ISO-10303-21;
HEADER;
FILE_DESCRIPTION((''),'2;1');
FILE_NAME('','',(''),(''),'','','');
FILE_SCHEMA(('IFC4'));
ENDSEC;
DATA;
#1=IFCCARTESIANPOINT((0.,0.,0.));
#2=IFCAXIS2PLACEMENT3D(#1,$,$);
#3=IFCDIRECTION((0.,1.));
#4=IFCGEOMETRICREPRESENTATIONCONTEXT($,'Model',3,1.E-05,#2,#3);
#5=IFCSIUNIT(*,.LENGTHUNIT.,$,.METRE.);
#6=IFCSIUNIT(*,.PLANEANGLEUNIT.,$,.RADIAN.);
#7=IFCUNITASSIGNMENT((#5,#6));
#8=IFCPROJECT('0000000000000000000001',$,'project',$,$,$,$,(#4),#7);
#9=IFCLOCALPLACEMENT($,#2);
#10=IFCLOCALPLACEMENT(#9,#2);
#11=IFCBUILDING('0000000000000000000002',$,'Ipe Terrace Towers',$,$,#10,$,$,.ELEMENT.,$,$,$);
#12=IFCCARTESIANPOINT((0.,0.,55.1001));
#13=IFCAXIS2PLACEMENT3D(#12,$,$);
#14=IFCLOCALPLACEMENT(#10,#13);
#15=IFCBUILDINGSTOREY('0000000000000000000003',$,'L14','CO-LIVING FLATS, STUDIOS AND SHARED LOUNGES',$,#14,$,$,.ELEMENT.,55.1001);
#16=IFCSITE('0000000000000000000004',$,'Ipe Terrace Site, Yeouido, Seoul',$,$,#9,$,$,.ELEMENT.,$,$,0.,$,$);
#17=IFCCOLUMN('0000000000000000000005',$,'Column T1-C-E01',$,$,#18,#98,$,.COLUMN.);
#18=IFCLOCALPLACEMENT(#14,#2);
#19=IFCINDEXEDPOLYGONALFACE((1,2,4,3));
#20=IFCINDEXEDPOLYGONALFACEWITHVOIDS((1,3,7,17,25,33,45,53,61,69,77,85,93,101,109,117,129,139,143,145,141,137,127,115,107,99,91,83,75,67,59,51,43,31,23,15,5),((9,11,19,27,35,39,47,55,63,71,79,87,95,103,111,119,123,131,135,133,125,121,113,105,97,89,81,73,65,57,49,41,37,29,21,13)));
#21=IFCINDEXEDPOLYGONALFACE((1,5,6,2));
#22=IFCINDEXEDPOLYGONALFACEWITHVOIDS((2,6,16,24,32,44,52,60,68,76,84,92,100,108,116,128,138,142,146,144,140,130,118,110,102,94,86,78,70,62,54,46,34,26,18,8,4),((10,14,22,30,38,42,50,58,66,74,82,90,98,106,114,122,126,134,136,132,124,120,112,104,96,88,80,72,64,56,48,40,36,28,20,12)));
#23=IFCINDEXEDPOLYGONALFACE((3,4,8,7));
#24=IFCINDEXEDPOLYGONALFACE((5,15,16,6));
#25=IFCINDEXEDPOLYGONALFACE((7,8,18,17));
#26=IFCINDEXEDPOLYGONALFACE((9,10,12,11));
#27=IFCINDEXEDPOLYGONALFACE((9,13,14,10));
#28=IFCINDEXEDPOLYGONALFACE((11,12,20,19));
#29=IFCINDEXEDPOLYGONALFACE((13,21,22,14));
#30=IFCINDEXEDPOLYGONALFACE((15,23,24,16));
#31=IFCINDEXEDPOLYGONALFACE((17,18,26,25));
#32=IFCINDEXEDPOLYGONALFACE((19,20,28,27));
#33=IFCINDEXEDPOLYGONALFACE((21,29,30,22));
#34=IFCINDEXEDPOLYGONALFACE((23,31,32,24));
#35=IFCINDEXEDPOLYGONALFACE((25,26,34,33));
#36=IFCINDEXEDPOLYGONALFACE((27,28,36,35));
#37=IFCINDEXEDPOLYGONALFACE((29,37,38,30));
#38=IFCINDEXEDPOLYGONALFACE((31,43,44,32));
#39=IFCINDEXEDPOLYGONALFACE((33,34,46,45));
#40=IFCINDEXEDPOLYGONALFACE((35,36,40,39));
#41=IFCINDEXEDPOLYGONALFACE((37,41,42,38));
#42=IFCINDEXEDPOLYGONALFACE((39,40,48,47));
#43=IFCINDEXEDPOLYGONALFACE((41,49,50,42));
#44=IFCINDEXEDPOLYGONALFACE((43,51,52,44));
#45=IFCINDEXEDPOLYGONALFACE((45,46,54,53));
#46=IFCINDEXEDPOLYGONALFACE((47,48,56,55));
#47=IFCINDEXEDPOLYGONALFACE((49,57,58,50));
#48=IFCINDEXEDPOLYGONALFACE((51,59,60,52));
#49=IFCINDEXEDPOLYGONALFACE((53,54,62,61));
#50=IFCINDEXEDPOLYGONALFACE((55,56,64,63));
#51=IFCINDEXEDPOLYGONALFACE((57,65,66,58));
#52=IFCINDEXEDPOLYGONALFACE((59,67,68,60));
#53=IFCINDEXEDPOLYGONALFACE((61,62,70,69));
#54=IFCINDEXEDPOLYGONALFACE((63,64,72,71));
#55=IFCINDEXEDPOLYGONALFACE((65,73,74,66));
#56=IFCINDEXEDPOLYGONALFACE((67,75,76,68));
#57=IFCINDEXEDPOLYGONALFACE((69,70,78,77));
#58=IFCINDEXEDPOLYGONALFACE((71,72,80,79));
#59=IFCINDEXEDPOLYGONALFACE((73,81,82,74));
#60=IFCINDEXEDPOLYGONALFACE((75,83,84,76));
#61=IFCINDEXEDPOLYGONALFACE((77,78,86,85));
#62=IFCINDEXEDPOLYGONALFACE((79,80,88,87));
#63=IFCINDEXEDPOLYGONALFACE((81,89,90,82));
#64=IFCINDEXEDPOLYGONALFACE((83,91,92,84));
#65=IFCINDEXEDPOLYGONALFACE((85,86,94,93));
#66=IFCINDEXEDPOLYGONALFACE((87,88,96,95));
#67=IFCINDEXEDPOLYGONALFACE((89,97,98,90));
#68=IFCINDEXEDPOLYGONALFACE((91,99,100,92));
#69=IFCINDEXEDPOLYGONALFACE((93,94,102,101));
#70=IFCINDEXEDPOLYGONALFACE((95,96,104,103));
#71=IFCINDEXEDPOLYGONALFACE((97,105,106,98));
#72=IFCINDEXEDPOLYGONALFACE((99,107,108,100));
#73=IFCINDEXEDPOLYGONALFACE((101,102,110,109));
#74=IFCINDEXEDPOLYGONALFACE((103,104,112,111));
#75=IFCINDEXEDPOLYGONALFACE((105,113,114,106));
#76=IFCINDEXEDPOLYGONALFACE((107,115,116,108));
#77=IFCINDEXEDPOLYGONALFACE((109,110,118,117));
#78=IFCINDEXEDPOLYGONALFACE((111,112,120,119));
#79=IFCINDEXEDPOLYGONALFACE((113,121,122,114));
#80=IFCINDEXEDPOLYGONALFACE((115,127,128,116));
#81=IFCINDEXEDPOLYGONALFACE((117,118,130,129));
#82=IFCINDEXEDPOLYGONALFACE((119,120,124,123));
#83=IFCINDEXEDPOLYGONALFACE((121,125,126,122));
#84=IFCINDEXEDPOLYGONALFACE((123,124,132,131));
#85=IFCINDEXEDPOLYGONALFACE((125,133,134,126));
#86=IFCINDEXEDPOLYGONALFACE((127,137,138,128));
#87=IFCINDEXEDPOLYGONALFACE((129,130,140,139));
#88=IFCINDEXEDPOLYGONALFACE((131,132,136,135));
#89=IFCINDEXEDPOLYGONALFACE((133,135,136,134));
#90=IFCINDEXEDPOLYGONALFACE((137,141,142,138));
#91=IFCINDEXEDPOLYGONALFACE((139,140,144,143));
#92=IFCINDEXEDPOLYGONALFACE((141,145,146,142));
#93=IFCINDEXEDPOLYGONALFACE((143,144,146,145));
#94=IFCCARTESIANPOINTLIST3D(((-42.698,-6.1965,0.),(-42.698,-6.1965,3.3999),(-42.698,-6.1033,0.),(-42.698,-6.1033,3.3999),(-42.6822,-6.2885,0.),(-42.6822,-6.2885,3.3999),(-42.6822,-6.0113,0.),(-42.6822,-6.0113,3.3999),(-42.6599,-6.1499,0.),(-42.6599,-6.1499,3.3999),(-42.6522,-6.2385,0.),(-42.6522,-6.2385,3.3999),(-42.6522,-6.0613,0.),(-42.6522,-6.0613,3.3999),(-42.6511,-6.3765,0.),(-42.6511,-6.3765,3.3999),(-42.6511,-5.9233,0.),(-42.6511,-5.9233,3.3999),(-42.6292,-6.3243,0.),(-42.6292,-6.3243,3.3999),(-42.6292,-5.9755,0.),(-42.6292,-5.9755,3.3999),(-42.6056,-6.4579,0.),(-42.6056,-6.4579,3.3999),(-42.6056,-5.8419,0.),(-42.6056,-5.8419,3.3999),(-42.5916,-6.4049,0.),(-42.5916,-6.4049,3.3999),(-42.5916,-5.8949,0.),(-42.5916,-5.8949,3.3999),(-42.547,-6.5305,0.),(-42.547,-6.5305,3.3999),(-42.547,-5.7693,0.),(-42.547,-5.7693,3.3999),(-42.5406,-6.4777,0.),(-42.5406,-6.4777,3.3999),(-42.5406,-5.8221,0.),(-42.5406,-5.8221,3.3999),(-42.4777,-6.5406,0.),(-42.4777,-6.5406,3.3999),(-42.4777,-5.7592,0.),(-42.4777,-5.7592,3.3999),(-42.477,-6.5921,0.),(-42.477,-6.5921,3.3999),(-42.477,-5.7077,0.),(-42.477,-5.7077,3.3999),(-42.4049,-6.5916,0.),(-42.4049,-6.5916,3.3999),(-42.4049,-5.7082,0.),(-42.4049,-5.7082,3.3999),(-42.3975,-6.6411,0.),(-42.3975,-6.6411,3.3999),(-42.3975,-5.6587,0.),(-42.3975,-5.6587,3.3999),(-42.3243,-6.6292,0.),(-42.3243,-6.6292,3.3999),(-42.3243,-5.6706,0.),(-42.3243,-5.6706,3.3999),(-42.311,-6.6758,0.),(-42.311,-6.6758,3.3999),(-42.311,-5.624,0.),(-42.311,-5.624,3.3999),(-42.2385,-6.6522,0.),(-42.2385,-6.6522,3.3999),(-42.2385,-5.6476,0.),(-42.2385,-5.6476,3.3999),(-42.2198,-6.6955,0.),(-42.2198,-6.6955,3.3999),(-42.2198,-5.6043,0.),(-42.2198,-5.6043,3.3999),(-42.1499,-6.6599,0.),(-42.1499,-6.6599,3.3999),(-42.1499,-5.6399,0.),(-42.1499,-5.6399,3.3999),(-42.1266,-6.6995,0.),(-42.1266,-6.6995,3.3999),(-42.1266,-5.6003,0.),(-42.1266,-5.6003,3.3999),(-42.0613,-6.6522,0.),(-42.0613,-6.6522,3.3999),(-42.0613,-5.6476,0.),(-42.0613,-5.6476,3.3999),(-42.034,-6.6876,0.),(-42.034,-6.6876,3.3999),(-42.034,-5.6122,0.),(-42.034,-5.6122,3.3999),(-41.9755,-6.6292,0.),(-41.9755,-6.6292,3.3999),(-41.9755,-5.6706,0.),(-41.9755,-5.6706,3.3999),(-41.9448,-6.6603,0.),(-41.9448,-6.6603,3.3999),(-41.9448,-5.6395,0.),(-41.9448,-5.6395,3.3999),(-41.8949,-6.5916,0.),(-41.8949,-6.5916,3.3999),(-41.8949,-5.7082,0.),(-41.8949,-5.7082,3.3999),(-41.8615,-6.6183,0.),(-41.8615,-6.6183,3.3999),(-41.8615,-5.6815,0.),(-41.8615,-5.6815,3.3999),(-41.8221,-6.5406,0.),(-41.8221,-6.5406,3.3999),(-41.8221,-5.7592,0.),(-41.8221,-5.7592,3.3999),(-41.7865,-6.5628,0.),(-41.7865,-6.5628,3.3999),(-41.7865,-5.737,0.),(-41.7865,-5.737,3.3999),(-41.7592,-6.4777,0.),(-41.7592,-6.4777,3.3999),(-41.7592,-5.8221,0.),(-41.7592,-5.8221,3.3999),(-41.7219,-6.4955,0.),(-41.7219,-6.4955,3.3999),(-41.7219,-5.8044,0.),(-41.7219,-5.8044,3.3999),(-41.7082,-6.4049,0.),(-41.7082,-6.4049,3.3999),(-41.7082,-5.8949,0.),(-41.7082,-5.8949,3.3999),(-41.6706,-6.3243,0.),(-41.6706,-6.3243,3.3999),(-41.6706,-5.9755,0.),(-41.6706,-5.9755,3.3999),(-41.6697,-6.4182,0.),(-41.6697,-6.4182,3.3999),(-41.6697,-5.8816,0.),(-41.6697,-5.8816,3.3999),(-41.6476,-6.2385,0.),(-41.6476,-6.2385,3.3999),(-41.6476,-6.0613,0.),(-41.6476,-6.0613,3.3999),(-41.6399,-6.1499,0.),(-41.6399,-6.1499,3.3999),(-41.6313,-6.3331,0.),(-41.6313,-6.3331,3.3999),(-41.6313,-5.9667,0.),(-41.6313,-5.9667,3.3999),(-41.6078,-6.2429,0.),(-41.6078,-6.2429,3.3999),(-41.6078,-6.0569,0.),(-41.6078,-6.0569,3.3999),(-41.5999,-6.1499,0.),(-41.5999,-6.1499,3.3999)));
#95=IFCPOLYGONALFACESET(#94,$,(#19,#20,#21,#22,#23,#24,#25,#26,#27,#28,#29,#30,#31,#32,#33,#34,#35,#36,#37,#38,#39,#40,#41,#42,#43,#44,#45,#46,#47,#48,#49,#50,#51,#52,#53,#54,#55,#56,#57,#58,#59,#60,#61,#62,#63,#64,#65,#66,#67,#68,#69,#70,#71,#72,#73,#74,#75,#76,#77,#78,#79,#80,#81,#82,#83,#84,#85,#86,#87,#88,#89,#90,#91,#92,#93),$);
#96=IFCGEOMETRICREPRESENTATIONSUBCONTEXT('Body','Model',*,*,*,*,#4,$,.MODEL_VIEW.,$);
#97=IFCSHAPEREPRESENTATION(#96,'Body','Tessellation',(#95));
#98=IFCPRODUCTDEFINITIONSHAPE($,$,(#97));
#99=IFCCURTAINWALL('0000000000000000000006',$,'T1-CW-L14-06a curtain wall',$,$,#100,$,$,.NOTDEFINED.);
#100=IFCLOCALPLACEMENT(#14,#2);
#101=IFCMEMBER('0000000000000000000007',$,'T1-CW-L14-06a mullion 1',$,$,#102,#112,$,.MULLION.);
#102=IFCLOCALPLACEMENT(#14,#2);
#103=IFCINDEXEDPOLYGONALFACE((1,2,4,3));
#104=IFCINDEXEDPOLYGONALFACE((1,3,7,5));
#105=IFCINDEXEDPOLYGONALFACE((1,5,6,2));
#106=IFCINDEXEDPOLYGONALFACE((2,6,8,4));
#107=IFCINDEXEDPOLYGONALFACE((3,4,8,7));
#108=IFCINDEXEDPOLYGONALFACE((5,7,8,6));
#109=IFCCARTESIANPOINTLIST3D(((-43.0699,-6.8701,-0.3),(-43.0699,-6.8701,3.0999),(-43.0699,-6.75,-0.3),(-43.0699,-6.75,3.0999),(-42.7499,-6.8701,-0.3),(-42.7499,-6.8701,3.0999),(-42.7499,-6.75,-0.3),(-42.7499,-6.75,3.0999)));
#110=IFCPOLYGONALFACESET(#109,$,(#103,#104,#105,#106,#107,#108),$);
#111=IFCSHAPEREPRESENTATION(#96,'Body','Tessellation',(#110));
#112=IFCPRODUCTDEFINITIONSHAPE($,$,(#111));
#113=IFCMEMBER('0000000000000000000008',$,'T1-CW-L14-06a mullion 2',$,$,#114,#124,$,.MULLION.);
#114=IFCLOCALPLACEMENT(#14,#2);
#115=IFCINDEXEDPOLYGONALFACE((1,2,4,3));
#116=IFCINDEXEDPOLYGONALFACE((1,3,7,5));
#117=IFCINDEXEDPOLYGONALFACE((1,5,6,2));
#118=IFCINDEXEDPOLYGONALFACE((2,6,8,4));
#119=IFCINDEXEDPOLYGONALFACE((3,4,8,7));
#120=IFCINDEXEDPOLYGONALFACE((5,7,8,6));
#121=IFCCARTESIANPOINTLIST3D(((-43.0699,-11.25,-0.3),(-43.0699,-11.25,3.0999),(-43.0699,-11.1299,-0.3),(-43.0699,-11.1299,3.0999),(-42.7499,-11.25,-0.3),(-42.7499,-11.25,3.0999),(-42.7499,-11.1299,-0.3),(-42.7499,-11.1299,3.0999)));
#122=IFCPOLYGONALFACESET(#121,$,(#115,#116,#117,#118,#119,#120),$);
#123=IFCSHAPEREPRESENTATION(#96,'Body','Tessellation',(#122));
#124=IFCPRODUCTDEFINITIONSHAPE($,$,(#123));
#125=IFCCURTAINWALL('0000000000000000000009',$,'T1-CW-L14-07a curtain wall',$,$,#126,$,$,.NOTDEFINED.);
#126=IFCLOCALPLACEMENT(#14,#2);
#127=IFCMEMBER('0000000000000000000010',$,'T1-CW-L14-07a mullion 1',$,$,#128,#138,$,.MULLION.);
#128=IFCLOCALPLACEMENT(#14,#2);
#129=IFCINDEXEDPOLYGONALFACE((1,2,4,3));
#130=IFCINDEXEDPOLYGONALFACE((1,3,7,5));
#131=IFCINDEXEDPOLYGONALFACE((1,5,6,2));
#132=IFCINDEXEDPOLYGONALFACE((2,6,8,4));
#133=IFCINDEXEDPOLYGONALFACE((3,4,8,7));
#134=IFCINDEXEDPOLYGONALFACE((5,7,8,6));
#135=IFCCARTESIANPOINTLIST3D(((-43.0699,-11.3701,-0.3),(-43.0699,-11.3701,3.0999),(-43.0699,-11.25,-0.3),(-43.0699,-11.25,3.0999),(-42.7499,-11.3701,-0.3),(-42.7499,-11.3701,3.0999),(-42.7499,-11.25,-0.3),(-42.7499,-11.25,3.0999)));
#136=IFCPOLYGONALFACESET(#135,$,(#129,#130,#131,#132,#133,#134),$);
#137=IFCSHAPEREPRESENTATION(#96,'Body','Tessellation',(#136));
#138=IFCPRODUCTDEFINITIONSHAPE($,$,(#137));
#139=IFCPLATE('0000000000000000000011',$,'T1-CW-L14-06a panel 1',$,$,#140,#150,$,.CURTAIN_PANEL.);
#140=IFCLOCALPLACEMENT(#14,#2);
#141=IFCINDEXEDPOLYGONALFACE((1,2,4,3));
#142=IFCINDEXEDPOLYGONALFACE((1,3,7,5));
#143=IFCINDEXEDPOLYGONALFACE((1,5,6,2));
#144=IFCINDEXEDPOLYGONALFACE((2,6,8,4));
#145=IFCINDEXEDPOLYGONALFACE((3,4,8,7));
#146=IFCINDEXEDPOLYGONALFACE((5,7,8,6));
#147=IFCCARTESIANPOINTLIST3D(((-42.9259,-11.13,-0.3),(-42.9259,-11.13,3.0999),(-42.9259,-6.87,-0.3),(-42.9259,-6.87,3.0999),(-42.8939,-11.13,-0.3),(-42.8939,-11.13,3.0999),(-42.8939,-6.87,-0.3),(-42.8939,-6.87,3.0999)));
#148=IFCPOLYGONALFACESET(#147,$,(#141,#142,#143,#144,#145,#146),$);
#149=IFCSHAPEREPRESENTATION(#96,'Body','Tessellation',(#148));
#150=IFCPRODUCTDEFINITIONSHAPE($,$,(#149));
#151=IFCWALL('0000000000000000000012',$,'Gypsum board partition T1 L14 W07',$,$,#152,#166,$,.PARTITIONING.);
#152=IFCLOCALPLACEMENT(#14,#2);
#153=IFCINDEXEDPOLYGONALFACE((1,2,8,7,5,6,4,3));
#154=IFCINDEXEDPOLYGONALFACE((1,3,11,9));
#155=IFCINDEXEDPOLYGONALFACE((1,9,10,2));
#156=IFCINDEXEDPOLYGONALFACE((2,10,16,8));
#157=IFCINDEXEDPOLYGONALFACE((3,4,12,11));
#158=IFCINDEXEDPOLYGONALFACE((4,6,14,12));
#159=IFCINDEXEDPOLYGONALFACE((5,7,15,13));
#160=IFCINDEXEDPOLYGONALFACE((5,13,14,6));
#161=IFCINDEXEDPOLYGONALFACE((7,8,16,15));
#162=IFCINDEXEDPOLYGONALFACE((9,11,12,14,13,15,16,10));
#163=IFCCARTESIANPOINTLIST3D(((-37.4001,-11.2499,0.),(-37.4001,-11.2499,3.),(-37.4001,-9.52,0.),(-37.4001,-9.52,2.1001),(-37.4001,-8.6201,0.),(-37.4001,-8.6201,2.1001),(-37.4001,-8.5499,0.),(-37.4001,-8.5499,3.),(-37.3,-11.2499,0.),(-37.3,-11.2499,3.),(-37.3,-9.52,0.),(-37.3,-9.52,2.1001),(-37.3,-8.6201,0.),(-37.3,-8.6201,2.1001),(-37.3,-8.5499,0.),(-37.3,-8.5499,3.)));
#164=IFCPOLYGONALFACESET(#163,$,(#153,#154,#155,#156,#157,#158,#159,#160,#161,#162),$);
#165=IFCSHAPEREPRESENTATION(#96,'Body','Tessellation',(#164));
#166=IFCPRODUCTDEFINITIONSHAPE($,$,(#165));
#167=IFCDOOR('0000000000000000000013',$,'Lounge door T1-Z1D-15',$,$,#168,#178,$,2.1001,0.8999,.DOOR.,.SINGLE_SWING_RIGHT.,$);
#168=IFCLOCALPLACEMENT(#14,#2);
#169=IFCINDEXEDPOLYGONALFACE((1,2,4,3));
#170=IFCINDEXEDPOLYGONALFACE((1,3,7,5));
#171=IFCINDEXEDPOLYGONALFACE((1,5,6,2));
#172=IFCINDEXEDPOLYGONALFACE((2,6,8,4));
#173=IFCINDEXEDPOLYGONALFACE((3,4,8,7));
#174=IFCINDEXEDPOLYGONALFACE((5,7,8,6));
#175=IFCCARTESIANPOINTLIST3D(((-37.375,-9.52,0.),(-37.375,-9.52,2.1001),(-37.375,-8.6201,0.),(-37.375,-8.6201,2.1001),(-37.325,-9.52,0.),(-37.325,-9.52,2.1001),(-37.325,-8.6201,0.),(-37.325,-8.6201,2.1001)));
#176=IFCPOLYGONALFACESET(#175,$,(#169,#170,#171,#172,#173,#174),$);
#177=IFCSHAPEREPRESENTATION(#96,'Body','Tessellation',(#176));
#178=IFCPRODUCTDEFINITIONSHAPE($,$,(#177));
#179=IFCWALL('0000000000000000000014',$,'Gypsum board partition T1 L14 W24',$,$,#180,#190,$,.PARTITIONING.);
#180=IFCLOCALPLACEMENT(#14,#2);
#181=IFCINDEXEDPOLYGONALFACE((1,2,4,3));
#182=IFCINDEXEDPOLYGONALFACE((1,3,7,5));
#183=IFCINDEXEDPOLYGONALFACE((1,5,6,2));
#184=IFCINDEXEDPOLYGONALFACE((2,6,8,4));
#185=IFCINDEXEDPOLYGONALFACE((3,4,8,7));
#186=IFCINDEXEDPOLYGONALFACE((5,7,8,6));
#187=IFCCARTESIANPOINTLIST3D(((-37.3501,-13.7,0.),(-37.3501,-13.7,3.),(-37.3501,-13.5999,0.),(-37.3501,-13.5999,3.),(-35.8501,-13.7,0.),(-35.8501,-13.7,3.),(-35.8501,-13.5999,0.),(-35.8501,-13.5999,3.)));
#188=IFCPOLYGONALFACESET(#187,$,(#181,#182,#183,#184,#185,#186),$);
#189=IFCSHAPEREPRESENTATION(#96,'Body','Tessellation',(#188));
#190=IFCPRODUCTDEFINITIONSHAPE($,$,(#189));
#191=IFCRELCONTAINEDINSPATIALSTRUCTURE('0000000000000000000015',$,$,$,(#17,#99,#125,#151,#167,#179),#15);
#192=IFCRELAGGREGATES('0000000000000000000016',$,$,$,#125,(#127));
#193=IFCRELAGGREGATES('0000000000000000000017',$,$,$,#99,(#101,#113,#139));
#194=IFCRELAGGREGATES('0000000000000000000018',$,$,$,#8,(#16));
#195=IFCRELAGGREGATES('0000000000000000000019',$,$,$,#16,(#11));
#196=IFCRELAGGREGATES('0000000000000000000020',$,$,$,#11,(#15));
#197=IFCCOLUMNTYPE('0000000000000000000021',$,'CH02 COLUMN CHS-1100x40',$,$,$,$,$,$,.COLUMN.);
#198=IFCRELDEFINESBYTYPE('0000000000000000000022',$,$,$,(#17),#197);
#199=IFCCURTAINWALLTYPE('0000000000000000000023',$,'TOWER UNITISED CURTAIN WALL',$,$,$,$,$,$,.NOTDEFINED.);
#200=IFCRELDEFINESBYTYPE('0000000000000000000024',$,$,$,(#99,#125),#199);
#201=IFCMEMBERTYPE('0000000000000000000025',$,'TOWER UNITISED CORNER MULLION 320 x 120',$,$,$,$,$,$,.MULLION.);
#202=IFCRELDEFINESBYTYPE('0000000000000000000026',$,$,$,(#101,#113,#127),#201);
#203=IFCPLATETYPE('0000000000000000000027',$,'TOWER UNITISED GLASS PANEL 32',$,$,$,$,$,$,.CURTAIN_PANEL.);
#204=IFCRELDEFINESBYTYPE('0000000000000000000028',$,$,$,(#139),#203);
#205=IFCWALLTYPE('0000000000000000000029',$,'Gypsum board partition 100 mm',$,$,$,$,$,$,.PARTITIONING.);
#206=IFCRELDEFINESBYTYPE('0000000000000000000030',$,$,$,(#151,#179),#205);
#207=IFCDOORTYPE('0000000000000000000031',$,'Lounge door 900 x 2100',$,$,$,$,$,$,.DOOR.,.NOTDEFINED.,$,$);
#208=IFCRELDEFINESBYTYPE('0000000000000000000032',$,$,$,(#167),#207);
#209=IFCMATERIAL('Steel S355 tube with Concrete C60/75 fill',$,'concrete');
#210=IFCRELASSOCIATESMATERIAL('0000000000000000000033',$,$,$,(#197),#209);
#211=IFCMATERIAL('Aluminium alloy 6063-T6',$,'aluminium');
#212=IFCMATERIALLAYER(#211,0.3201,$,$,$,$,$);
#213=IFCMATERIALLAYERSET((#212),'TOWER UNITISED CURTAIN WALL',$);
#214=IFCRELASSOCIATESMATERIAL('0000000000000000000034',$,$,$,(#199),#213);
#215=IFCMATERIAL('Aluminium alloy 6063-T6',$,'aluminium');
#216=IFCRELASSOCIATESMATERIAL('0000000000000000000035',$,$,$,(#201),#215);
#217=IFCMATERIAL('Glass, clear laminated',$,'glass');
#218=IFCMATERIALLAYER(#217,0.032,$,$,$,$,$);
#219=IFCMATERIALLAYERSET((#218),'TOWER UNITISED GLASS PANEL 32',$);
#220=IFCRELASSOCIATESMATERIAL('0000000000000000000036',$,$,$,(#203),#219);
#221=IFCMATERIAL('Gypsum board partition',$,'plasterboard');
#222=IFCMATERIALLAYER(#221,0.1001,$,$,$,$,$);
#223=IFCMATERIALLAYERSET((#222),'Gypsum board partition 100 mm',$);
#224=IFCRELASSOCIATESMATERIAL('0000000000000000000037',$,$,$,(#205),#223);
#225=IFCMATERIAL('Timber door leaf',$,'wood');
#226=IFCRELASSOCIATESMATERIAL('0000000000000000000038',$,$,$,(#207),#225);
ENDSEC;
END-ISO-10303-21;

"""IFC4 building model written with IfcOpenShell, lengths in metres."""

from ifc_helpers import new_model, si_unit, direction, frame, frame_2d, origin, origin_2d, place, context, subcontext, project, spatial, rectangle, hollow_circle, extrude, material, layer, layer_set, material_profile, profile_set, type_object, element, fill, aggregate, save


model = new_model("IFC4")

# Units and contexts
model_context = context("Model", 3, precision=1e-05, world=origin(), true_north=direction((0.0, 1.0)))
body_context = subcontext(model_context, "Body", "Model", "MODEL_VIEW")
ifc_project = project(units=[si_unit("LENGTHUNIT", "METRE"), si_unit("PLANEANGLEUNIT", "RADIAN")], contexts=[model_context])

# Site, building, storey
site_placement = place(None, origin())
site = spatial("IfcSite", under=ifc_project, at=site_placement, Name="Ipe Terrace Site, Yeouido, Seoul", CompositionType="ELEMENT", RefElevation=0.0)
building_placement = place(site_placement, origin())
building = spatial("IfcBuilding", under=site, at=building_placement, Name="Ipe Terrace Towers", CompositionType="ELEMENT")
storey_placement = place(building_placement, frame((0.0, 0.0, 55.1001)))
storey = spatial("IfcBuildingStorey", under=building, at=storey_placement, Name="L14", Description="CO-LIVING FLATS, STUDIOS AND SHARED LOUNGES", CompositionType="ELEMENT", Elevation=55.1001)

# Column
ifc_material_1 = material(Name="Steel S355 tube with Concrete C60/75 fill", Category="concrete")
ifc_material_profile_1 = material_profile(ifc_material_1, hollow_circle(Radius=0.55, WallThickness=0.04, at=origin_2d()), Name="CHS-1100x40")
ifc_profile_set_1 = profile_set([ifc_material_profile_1], Name="Steel S355 tube with Concrete C60/75 fill")
column_type = type_object("IfcColumnType", Name="CH02 COLUMN CHS-1100x40", PredefinedType="COLUMN", material=ifc_profile_set_1)
column_placement = place(storey_placement, frame((-42.1499, -6.1499, 0.0), z_axis=(0.0, 0.0, 1.0), x_axis=(1.0, 0.0, 0.0)))
element("IfcColumn", 1, at=column_placement, inside=storey, type_object=column_type, Name="Column T1-C-E01", PredefinedType="COLUMN", context=body_context, shape_type="SweptSolid", body=[
    extrude(hollow_circle(Radius=0.55, WallThickness=0.04, at=origin_2d()), origin(), (0.0, 0.0, 1.0), 3.3999),
])

# Curtain wall, members
ifc_material_2 = material(Name="Aluminium alloy 6063-T6", Category="aluminium")
ifc_layer_1 = layer(ifc_material_2, 0.3201)
ifc_layer_set_1 = layer_set([ifc_layer_1], Name="TOWER UNITISED CURTAIN WALL")
curtain_wall_type = type_object("IfcCurtainWallType", Name="TOWER UNITISED CURTAIN WALL", PredefinedType="NOTDEFINED", material=ifc_layer_set_1)
curtain_wall_1_placement = place(storey_placement, origin())
curtain_wall_1 = element("IfcCurtainWall", 2, at=curtain_wall_1_placement, inside=storey, type_object=curtain_wall_type, Name="T1-CW-L14-06a curtain wall", PredefinedType="NOTDEFINED")
ifc_material_3 = material(Name="Aluminium alloy 6063-T6", Category="aluminium")
ifc_material_profile_2 = material_profile(ifc_material_3, rectangle(XDim=0.3201, YDim=0.1201, at=origin_2d()), Name="TOWER UNITISED CORNER MULLION 320 x 120")
ifc_profile_set_2 = profile_set([ifc_material_profile_2], Name="Aluminium alloy 6063-T6")
member_type = type_object("IfcMemberType", Name="TOWER UNITISED CORNER MULLION 320 x 120", PredefinedType="MULLION", material=ifc_profile_set_2)
member_1_placement = place(storey_placement, frame((-42.9099, -6.8101, -0.3), z_axis=(0.0, 0.0, 1.0), x_axis=(-1.0, 0.0, 0.0)))
member_1 = element("IfcMember", 3, at=member_1_placement, type_object=member_type, Name="T1-CW-L14-06a mullion 1", PredefinedType="MULLION", context=body_context, shape_type="SweptSolid", body=[
    extrude(rectangle(XDim=0.3201, YDim=0.1201, at=origin_2d()), origin(), (0.0, 0.0, 1.0), 3.3999),
])
member_2_placement = place(storey_placement, frame((-42.9099, -11.1899, -0.3), z_axis=(0.0, 0.0, 1.0), x_axis=(-1.0, 0.0, 0.0)))
member_2 = element("IfcMember", 4, at=member_2_placement, type_object=member_type, Name="T1-CW-L14-06a mullion 2", PredefinedType="MULLION", context=body_context, shape_type="SweptSolid", body=[
    extrude(rectangle(XDim=0.3201, YDim=0.1201, at=origin_2d()), origin(), (0.0, 0.0, 1.0), 3.3999),
])

# Curtain wall, member
curtain_wall_2_placement = place(storey_placement, origin())
curtain_wall_2 = element("IfcCurtainWall", 5, at=curtain_wall_2_placement, inside=storey, type_object=curtain_wall_type, Name="T1-CW-L14-07a curtain wall", PredefinedType="NOTDEFINED")
member_3_placement = place(storey_placement, frame((-42.9099, -11.3101, -0.3), z_axis=(0.0, 0.0, 1.0), x_axis=(-1.0, 0.0, 0.0)))
member_3 = element("IfcMember", 6, at=member_3_placement, type_object=member_type, Name="T1-CW-L14-07a mullion 1", PredefinedType="MULLION", context=body_context, shape_type="SweptSolid", body=[
    extrude(rectangle(XDim=0.3201, YDim=0.1201, at=origin_2d()), origin(), (0.0, 0.0, 1.0), 3.3999),
])
aggregate(curtain_wall_2, [member_3])

# Plate
ifc_material_4 = material(Name="Glass, clear laminated", Category="glass")
ifc_layer_2 = layer(ifc_material_4, 0.032)
ifc_layer_set_2 = layer_set([ifc_layer_2], Name="TOWER UNITISED GLASS PANEL 32")
plate_type = type_object("IfcPlateType", Name="TOWER UNITISED GLASS PANEL 32", PredefinedType="CURTAIN_PANEL", material=ifc_layer_set_2)
plate_placement = place(storey_placement, frame((-42.9099, -9.0, -0.3), z_axis=(0.0, 0.0, 1.0), x_axis=(0.0, -1.0, 0.0)))
plate = element("IfcPlate", 7, at=plate_placement, type_object=plate_type, Name="T1-CW-L14-06a panel 1", PredefinedType="CURTAIN_PANEL", context=body_context, shape_type="SweptSolid", body=[
    extrude(rectangle(XDim=4.26, YDim=0.032, at=origin_2d()), origin(), (0.0, 0.0, 1.0), 3.3999),
])
aggregate(curtain_wall_1, [member_1, member_2, plate])

# Wall, opening, door
ifc_material_5 = material(Name="Gypsum board partition", Category="plasterboard")
ifc_layer_3 = layer(ifc_material_5, 0.1001)
ifc_layer_set_3 = layer_set([ifc_layer_3], Name="Gypsum board partition 100 mm")
wall_type_1 = type_object("IfcWallType", Name="Gypsum board partition 100 mm", PredefinedType="PARTITIONING", material=ifc_layer_set_3)
wall_1_placement = place(storey_placement, frame((-37.3501, -11.25, 0.0), z_axis=(0.0, 0.0, 1.0), x_axis=(0.0, 1.0, 0.0)))
wall_1 = element("IfcWall", 8, at=wall_1_placement, inside=storey, type_object=wall_type_1, Name="Gypsum board partition T1 L14 W07", PredefinedType="PARTITIONING", context=body_context, shape_type="SweptSolid", body=[
    extrude(rectangle(XDim=2.7, YDim=0.1001, at=frame_2d((1.3501, 0.0))), origin(), (0.0, 0.0, 1.0), 3.0),
])
opening_1_placement = place(wall_1_placement, frame((1.73, 0.0, 0.0)))
opening_1 = element("IfcOpeningElement", 9, at=opening_1_placement, cuts=wall_1, PredefinedType="OPENING", context=body_context, shape_type="SweptSolid", body=[
    extrude(rectangle(XDim=0.8999, YDim=2.1001, at=frame_2d((0.45, 1.05))), frame((0.0, 0.0601, 0.0), z_axis=(0.0, -1.0, 0.0), x_axis=(1.0, 0.0, 0.0)), (0.0, 0.0, 1.0), 0.1201),
])
ifc_material_6 = material(Name="Timber door leaf", Category="wood")
door_type_1 = type_object("IfcDoorType", Name="Lounge door 900 x 2100", OperationType="NOTDEFINED", PredefinedType="DOOR", material=ifc_material_6)
door_1_placement = place(opening_1_placement, origin())
door_1 = element("IfcDoor", 10, at=door_1_placement, inside=storey, type_object=door_type_1, Name="Lounge door T1-Z1D-15", OperationType="SINGLE_SWING_RIGHT", OverallHeight=2.1001, OverallWidth=0.8999, PredefinedType="DOOR", context=body_context, shape_type="SweptSolid", body=[
    extrude(rectangle(XDim=0.8999, YDim=2.1001, at=frame_2d((0.45, 1.05))), frame((0.0, 0.0249, 0.0), z_axis=(0.0, -1.0, 0.0), x_axis=(1.0, 0.0, 0.0)), (0.0, 0.0, 1.0), 0.05),
])
fill(opening_1, door_1)

# Wall
wall_2_placement = place(storey_placement, frame((-37.3501, -13.6499, 0.0), z_axis=(0.0, 0.0, 1.0), x_axis=(1.0, 0.0, 0.0)))
element("IfcWall", 11, at=wall_2_placement, inside=storey, type_object=wall_type_1, Name="Gypsum board partition T1 L14 W24", PredefinedType="PARTITIONING", context=body_context, shape_type="SweptSolid", body=[
    extrude(rectangle(XDim=1.5, YDim=0.1001, at=frame_2d((0.75, 0.0))), origin(), (0.0, 0.0, 1.0), 3.0),
])

save(model, "model.ifc")
